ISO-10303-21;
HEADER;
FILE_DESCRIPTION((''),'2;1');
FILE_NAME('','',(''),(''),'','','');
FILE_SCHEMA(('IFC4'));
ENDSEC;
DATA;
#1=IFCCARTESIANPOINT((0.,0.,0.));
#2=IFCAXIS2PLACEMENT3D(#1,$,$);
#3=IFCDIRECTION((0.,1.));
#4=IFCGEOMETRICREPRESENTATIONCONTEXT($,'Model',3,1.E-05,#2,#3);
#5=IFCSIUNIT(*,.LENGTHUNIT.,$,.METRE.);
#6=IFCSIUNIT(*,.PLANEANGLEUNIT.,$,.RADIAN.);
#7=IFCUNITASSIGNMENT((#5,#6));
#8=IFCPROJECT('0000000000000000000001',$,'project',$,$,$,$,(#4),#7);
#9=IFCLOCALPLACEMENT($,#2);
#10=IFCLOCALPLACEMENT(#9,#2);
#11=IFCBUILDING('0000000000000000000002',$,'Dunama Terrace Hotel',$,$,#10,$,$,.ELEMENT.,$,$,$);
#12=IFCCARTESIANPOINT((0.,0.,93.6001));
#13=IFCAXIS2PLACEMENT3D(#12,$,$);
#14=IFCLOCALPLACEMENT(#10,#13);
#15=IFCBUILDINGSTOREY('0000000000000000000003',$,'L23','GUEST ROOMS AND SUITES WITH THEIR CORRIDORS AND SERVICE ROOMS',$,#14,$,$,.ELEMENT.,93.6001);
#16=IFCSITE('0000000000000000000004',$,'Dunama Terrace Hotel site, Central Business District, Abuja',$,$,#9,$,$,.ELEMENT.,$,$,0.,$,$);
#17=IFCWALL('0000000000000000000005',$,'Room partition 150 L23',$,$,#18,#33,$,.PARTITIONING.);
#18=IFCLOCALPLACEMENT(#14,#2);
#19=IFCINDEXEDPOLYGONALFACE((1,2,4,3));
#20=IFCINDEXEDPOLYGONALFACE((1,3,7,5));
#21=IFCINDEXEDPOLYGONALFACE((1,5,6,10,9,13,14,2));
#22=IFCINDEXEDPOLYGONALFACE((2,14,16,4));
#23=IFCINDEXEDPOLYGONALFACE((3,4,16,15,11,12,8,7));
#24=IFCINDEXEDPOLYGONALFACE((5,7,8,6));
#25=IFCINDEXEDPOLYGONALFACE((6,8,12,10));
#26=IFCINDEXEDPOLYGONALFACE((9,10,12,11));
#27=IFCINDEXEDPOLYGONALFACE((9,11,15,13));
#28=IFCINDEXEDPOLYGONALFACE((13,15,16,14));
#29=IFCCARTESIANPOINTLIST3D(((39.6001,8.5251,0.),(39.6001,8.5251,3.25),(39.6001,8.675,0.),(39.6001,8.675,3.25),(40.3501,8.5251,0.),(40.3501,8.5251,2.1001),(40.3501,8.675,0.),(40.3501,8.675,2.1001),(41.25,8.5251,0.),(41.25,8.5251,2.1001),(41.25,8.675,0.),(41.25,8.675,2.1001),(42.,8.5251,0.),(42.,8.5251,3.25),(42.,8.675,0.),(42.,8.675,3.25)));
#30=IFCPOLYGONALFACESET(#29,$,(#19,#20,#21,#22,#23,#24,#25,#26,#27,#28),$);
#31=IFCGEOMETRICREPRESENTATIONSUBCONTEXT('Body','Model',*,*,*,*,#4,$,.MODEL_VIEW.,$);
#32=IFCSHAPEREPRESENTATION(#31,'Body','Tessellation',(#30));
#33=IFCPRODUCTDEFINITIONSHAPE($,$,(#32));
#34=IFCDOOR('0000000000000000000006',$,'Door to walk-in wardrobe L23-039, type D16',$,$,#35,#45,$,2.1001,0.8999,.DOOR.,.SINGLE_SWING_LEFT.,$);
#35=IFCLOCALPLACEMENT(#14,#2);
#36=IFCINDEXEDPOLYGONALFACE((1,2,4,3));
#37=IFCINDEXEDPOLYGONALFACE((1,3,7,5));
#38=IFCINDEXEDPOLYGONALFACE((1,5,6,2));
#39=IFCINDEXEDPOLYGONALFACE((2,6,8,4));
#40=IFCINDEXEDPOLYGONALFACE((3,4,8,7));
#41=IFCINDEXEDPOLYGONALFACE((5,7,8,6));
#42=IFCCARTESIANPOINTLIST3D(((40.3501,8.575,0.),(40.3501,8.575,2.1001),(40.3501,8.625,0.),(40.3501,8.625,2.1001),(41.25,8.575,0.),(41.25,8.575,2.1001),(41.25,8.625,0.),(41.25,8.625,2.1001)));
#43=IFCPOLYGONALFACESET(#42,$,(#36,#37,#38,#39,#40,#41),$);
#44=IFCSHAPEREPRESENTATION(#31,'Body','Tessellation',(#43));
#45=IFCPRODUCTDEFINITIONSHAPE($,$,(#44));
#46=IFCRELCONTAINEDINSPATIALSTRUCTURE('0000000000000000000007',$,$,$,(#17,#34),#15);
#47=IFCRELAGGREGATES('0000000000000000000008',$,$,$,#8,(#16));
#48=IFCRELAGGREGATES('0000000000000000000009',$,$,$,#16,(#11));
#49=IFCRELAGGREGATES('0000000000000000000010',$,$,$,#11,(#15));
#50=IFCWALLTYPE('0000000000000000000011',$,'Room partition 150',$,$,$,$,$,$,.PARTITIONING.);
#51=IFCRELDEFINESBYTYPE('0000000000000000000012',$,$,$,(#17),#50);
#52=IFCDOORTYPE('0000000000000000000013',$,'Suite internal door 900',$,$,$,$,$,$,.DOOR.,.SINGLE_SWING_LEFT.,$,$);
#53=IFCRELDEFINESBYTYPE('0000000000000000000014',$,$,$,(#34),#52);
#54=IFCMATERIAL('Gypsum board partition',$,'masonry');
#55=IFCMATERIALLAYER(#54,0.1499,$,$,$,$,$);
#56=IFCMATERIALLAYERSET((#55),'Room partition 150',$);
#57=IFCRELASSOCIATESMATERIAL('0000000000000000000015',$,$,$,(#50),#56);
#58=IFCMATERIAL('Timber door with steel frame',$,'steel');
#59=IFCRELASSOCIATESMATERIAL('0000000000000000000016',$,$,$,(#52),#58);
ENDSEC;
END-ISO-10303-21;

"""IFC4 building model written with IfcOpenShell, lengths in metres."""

from ifc_helpers import new_model, si_unit, direction, frame, frame_2d, origin, place, context, subcontext, project, spatial, rectangle, extrude, material, layer, layer_set, type_object, element, fill, save


model = new_model("IFC4")

# Units and contexts
model_context = context("Model", 3, precision=1e-05, world=origin(), true_north=direction((0.0, 1.0)))
body_context = subcontext(model_context, "Body", "Model", "MODEL_VIEW")
ifc_project = project(units=[si_unit("LENGTHUNIT", "METRE"), si_unit("PLANEANGLEUNIT", "RADIAN")], contexts=[model_context])

# Site, building, storey
site_placement = place(None, origin())
site = spatial("IfcSite", under=ifc_project, at=site_placement, Name="Dunama Terrace Hotel site, Central Business District, Abuja", CompositionType="ELEMENT", RefElevation=0.0)
building_placement = place(site_placement, origin())
building = spatial("IfcBuilding", under=site, at=building_placement, Name="Dunama Terrace Hotel", CompositionType="ELEMENT")
storey_placement = place(building_placement, frame((0.0, 0.0, 93.6001)))
storey = spatial("IfcBuildingStorey", under=building, at=storey_placement, Name="L23", Description="GUEST ROOMS AND SUITES WITH THEIR CORRIDORS AND SERVICE ROOMS", CompositionType="ELEMENT", Elevation=93.6001)

# Shared definitions
ifc_material_1 = material(Name="Gypsum board partition", Category="masonry")
ifc_layer_1 = layer(ifc_material_1, 0.1499)
ifc_layer_set_1 = layer_set([ifc_layer_1], Name="Room partition 150")
wall_type_1 = type_object("IfcWallType", Name="Room partition 150", PredefinedType="PARTITIONING", material=ifc_layer_set_1)

# Shared definitions
ifc_material_2 = material(Name="Timber door with steel frame", Category="steel")
door_type_1 = type_object("IfcDoorType", Name="Suite internal door 900", OperationType="SINGLE_SWING_LEFT", PredefinedType="DOOR", material=ifc_material_2)

# Wall, opening, door
wall_1_placement = place(storey_placement, frame((39.6001, 8.6001, 0.0), z_axis=(0.0, 0.0, 1.0), x_axis=(1.0, 0.0, 0.0)))
wall_1 = element("IfcWall", 1, at=wall_1_placement, inside=storey, type_object=wall_type_1, Name="Room partition 150 L23", PredefinedType="PARTITIONING", context=body_context, shape_type="SweptSolid", body=[
    extrude(rectangle(XDim=2.3999, YDim=0.1499, at=frame_2d((1.2, 0.0))), origin(), (0.0, 0.0, 1.0), 3.25),
])
opening_1_placement = place(wall_1_placement, frame((0.75, 0.0, 0.0)))
opening_1 = element("IfcOpeningElement", 2, at=opening_1_placement, cuts=wall_1, PredefinedType="OPENING", context=body_context, shape_type="SweptSolid", body=[
    extrude(rectangle(XDim=0.8999, YDim=2.1001, at=frame_2d((0.45, 1.05))), frame((0.0, 0.085, 0.0), z_axis=(0.0, -1.0, 0.0), x_axis=(1.0, 0.0, 0.0)), (0.0, 0.0, 1.0), 0.1699),
])
door_1_placement = place(opening_1_placement, origin())
door_1 = element("IfcDoor", 3, at=door_1_placement, inside=storey, type_object=door_type_1, Name="Door to walk-in wardrobe L23-039, type D16", OperationType="SINGLE_SWING_LEFT", OverallHeight=2.1001, OverallWidth=0.8999, PredefinedType="DOOR", context=body_context, shape_type="SweptSolid", body=[
    extrude(rectangle(XDim=0.8999, YDim=2.1001, at=frame_2d((0.45, 1.05))), frame((0.0, 0.0249, 0.0), z_axis=(0.0, -1.0, 0.0), x_axis=(1.0, 0.0, 0.0)), (0.0, 0.0, 1.0), 0.05),
])
fill(opening_1, door_1)

save(model, "model.ifc")
